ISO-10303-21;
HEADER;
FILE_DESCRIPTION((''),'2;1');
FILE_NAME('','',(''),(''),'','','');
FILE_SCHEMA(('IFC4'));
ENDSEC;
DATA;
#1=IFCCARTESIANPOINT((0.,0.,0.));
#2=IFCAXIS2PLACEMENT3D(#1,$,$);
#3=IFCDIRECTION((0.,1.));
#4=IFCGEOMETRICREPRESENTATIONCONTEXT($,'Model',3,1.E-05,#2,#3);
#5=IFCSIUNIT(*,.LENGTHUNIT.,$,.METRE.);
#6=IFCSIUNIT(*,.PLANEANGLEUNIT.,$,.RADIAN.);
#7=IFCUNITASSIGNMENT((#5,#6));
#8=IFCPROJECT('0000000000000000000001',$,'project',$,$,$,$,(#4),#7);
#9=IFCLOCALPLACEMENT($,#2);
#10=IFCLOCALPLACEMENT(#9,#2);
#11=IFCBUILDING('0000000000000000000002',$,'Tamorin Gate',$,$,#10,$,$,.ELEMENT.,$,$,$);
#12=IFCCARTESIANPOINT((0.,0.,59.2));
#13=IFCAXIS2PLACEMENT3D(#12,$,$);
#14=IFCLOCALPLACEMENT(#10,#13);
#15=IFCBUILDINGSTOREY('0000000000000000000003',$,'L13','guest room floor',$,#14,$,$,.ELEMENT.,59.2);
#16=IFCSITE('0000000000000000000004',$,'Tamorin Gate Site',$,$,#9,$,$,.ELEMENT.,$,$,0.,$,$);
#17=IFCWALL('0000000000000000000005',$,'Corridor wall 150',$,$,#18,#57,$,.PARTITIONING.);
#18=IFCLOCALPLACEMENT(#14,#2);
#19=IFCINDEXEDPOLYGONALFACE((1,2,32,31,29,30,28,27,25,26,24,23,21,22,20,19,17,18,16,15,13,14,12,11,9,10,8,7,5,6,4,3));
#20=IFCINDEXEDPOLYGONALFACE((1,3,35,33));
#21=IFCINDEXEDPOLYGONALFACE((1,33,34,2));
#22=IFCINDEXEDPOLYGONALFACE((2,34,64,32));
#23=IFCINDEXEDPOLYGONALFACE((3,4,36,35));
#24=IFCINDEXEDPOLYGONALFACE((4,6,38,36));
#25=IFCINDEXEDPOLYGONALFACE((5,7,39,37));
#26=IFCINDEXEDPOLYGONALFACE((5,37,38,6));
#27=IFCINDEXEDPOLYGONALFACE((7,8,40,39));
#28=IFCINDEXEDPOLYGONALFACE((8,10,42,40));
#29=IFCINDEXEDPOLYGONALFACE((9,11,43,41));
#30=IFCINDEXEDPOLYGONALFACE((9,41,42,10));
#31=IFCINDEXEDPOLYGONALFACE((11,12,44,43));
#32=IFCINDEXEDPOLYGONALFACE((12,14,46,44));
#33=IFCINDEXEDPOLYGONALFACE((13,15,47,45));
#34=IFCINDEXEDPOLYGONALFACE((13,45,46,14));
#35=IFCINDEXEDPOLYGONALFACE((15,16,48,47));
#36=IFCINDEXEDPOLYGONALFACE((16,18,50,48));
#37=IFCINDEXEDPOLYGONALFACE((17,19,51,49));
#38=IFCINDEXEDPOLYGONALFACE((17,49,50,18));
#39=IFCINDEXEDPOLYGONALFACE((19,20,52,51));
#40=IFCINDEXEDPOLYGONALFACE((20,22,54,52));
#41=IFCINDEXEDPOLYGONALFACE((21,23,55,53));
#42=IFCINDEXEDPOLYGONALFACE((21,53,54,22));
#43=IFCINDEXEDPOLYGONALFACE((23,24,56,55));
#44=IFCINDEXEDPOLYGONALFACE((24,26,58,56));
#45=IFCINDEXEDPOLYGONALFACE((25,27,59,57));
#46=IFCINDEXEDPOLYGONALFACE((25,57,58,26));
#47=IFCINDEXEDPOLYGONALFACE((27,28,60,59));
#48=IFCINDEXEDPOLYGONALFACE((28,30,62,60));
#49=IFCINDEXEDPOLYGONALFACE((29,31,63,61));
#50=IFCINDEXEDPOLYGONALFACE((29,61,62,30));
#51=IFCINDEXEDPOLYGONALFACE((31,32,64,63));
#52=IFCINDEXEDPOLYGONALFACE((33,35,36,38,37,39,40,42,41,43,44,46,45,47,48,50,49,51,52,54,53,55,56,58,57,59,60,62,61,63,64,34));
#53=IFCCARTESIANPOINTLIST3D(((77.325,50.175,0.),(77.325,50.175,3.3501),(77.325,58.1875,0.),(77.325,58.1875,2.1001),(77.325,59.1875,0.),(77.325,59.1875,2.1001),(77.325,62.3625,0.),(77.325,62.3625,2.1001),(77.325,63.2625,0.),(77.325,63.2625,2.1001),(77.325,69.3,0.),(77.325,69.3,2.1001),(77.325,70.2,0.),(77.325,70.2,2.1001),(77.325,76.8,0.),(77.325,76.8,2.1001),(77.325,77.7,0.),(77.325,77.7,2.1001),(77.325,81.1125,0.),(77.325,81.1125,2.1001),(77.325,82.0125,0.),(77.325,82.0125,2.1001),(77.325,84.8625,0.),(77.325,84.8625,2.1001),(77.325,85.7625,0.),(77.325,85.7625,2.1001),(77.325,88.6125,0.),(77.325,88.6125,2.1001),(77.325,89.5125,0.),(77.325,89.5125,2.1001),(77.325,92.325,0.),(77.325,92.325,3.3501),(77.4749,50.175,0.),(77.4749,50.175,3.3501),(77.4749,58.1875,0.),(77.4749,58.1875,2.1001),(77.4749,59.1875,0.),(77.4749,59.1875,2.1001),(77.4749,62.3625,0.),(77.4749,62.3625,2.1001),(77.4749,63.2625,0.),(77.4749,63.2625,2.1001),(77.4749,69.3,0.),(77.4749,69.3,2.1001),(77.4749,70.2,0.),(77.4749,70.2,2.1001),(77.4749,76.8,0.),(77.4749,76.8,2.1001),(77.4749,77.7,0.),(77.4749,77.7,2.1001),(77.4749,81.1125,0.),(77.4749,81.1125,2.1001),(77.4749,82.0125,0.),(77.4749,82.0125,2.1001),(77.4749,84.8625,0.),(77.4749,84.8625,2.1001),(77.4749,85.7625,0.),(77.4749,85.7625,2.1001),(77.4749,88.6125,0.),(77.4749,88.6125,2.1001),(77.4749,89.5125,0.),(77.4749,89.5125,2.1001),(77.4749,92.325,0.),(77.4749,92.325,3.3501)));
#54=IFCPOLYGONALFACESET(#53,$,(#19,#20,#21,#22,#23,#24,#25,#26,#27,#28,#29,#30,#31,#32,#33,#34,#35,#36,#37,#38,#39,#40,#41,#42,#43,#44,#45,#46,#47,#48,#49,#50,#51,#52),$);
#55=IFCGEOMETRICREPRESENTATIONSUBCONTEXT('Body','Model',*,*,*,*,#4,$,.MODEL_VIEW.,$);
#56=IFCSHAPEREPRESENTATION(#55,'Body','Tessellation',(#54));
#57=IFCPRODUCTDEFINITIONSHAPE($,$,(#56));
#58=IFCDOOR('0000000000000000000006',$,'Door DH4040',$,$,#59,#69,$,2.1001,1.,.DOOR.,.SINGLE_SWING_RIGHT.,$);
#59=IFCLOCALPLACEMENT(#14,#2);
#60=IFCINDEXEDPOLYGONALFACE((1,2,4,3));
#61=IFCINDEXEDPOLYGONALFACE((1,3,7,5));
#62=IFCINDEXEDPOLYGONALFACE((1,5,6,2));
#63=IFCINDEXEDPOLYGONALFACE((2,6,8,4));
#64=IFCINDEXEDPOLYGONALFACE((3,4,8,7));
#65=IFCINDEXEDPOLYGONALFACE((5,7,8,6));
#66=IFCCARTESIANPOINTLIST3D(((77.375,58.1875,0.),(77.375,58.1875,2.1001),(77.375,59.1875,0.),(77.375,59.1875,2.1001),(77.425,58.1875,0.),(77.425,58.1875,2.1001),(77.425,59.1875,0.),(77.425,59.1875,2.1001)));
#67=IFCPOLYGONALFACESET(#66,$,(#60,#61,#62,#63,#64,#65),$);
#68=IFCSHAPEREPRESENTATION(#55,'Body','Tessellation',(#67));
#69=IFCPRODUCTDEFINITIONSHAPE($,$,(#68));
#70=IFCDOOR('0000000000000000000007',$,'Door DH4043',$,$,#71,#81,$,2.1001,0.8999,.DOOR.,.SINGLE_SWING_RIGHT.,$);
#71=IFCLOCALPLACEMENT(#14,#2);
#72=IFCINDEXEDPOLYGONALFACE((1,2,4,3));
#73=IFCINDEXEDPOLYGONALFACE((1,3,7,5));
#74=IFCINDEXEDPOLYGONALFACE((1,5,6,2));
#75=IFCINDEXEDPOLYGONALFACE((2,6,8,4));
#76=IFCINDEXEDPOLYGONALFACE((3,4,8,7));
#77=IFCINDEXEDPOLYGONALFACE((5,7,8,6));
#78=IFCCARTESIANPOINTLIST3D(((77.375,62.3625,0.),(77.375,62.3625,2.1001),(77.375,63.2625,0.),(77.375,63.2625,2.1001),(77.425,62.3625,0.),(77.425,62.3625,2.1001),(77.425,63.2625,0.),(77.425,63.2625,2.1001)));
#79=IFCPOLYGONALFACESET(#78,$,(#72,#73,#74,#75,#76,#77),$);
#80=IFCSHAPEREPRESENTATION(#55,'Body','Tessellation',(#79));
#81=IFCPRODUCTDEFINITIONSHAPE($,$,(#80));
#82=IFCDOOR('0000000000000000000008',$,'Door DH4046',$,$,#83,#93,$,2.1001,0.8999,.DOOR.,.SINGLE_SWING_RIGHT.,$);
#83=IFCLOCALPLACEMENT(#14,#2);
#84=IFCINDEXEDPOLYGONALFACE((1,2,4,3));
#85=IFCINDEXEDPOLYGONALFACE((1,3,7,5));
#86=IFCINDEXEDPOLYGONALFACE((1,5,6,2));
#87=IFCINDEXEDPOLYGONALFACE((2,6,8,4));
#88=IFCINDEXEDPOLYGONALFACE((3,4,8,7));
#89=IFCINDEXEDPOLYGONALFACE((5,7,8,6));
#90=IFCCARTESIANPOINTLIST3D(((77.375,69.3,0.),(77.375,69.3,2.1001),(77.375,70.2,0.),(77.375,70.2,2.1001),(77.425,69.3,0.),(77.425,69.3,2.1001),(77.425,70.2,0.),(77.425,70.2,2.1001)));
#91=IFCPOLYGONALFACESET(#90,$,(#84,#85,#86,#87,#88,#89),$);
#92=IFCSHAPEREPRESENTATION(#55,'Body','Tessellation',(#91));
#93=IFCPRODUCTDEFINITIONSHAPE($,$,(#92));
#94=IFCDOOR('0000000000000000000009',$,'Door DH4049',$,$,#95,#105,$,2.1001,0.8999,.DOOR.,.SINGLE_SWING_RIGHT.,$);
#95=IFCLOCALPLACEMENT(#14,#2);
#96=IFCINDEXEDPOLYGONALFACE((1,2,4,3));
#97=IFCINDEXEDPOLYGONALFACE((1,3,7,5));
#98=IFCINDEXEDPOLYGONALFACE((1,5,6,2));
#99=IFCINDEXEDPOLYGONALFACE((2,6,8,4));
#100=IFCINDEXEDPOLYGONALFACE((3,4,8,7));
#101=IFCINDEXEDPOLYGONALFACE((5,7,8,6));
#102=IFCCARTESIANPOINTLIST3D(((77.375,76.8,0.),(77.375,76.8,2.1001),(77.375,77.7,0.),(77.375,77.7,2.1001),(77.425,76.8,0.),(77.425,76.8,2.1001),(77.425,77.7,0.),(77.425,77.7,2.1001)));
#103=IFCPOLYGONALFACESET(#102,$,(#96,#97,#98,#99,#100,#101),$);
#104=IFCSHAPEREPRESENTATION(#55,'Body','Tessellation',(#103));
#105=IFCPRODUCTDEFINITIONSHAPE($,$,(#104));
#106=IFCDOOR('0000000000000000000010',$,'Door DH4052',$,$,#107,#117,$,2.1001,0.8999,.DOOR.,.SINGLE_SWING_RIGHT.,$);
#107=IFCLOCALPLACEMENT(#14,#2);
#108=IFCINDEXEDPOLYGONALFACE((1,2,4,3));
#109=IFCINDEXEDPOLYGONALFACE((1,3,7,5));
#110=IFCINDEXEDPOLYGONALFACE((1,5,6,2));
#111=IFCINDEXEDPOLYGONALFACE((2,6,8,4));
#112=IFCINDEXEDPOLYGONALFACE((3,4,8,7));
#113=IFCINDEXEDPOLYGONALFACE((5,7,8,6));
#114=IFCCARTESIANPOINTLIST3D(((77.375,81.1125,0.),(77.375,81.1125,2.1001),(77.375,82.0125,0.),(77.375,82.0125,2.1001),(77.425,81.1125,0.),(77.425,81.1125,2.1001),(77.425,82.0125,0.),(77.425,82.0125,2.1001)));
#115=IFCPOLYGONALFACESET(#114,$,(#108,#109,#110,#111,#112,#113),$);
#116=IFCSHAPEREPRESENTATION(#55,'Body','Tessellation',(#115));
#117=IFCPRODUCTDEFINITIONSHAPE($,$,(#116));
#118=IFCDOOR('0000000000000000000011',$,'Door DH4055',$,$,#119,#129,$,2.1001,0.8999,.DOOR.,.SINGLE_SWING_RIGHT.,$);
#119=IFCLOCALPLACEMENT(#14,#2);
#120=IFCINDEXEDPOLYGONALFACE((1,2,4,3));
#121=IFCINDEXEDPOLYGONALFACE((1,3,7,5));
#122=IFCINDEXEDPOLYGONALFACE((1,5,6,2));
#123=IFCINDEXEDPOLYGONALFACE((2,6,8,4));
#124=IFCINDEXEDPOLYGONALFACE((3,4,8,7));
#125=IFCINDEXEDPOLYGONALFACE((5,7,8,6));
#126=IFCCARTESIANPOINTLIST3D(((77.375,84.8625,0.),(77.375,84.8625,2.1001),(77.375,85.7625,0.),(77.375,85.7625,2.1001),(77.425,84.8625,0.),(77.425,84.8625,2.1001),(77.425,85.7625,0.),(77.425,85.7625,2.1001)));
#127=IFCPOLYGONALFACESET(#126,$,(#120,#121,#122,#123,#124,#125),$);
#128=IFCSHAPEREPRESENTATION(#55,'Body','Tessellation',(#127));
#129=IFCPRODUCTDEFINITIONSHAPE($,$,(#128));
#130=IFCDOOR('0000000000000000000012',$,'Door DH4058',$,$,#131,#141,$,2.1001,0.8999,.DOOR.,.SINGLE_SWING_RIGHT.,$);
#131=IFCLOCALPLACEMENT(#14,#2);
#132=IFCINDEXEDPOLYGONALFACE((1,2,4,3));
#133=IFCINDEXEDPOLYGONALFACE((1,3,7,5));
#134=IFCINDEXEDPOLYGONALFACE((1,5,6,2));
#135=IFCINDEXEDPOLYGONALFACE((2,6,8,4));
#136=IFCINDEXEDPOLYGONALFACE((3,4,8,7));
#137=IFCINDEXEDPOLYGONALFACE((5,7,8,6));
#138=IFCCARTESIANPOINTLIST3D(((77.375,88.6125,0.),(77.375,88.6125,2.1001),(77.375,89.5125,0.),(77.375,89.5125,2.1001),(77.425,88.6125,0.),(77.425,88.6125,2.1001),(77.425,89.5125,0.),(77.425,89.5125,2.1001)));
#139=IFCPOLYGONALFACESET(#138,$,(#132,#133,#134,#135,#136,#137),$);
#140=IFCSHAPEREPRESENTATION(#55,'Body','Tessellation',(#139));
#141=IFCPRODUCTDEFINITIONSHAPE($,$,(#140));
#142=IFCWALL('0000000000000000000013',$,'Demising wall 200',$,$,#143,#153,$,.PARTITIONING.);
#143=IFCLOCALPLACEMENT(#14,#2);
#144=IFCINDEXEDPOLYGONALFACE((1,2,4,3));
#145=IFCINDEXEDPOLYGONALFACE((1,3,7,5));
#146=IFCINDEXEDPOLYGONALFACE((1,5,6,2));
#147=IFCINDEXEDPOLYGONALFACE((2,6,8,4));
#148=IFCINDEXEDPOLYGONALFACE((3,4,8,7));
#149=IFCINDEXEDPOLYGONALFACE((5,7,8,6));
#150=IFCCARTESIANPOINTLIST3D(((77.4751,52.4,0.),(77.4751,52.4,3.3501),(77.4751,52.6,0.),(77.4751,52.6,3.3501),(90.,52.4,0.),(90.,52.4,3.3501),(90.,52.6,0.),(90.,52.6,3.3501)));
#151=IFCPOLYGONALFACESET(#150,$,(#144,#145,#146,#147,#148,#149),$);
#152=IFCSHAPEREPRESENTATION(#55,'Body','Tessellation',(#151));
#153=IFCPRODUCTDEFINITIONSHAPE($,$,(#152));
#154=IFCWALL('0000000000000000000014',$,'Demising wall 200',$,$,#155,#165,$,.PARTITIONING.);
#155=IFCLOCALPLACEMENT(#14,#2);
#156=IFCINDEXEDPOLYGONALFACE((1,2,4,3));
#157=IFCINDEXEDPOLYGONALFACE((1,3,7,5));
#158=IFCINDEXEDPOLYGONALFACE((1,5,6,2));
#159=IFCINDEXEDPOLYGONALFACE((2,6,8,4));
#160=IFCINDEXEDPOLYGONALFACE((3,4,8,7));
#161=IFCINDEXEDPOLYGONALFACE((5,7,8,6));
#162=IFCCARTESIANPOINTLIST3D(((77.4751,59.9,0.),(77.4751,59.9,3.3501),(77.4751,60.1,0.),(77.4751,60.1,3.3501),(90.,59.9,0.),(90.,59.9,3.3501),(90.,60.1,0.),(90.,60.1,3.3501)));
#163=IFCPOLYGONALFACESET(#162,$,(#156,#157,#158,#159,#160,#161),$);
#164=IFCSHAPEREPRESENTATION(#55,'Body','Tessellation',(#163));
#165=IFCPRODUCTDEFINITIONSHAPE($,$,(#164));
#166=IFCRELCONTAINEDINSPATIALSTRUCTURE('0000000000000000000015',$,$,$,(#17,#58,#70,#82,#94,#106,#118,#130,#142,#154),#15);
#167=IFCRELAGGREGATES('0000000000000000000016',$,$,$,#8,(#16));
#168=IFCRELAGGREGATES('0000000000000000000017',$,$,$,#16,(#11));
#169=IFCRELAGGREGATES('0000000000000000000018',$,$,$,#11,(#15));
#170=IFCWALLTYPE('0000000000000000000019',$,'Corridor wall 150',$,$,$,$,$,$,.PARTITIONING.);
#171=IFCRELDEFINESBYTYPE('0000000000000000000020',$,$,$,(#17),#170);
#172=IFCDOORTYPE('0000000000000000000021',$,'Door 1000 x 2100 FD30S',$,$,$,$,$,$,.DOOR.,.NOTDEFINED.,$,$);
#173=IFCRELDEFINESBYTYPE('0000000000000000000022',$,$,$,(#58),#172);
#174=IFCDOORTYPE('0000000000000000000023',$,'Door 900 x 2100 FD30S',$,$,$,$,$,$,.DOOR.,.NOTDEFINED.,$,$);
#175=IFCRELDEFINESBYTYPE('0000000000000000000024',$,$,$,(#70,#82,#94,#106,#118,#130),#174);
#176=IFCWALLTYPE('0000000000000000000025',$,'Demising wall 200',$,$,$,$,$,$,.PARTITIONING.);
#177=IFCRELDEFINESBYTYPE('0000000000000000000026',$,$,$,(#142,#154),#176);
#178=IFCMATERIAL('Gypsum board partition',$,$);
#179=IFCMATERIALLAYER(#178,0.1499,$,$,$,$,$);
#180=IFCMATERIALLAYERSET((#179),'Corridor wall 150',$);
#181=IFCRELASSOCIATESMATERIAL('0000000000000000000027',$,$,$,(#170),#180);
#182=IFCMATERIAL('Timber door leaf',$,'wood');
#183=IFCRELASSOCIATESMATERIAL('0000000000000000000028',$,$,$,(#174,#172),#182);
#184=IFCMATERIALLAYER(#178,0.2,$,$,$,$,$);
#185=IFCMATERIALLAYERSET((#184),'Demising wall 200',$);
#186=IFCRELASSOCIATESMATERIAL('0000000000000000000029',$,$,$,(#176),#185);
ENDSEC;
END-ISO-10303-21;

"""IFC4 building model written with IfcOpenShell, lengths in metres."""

from ifc_helpers import new_model, si_unit, direction, frame, frame_2d, origin, place, context, subcontext, project, spatial, rectangle, extrude, material, layer, layer_set, type_object, element, fill, save


model = new_model("IFC4")

# Units and contexts
model_context = context("Model", 3, precision=1e-05, world=origin(), true_north=direction((0.0, 1.0)))
body_context = subcontext(model_context, "Body", "Model", "MODEL_VIEW")
ifc_project = project(units=[si_unit("LENGTHUNIT", "METRE"), si_unit("PLANEANGLEUNIT", "RADIAN")], contexts=[model_context])

# Site, building, storey
site_placement = place(None, origin())
site = spatial("IfcSite", under=ifc_project, at=site_placement, Name="Tamorin Gate Site", CompositionType="ELEMENT", RefElevation=0.0)
building_placement = place(site_placement, origin())
building = spatial("IfcBuilding", under=site, at=building_placement, Name="Tamorin Gate", CompositionType="ELEMENT")
storey_placement = place(building_placement, frame((0.0, 0.0, 59.2)))
storey = spatial("IfcBuildingStorey", under=building, at=storey_placement, Name="L13", Description="guest room floor", CompositionType="ELEMENT", Elevation=59.2)

# Shared definitions
ifc_material_1 = material(Name="Gypsum board partition")
ifc_layer_1 = layer(ifc_material_1, 0.1499)
ifc_layer_set_1 = layer_set([ifc_layer_1], Name="Corridor wall 150")
wall_type_1 = type_object("IfcWallType", Name="Corridor wall 150", PredefinedType="PARTITIONING", material=ifc_layer_set_1)
ifc_material_2 = material(Name="Timber door leaf", Category="wood")
door_type_1 = type_object("IfcDoorType", Name="Door 900 x 2100 FD30S", OperationType="NOTDEFINED", PredefinedType="DOOR", material=ifc_material_2)

# Wall, openings, doors
wall_1_placement = place(storey_placement, frame((77.3999, 50.175, 0.0), z_axis=(0.0, 0.0, 1.0), x_axis=(0.0, 1.0, 0.0)))
wall_1 = element("IfcWall", 1, at=wall_1_placement, inside=storey, type_object=wall_type_1, Name="Corridor wall 150", PredefinedType="PARTITIONING", context=body_context, shape_type="SweptSolid", body=[
    extrude(rectangle(XDim=42.1499, YDim=0.1499, at=frame_2d((21.075, 0.0))), origin(), (0.0, 0.0, 1.0), 3.3501),
])
opening_1_placement = place(wall_1_placement, frame((8.0125, 0.0, 0.0)))
opening_1 = element("IfcOpeningElement", 2, at=opening_1_placement, cuts=wall_1, PredefinedType="OPENING", context=body_context, shape_type="SweptSolid", body=[
    extrude(rectangle(XDim=1.0, YDim=2.1001, at=frame_2d((0.5, 1.05))), frame((0.0, 0.085, 0.0), z_axis=(0.0, -1.0, 0.0), x_axis=(1.0, 0.0, 0.0)), (0.0, 0.0, 1.0), 0.1699),
])
opening_2_placement = place(wall_1_placement, frame((12.1875, 0.0, 0.0)))
opening_2 = element("IfcOpeningElement", 3, at=opening_2_placement, cuts=wall_1, PredefinedType="OPENING", context=body_context, shape_type="SweptSolid", body=[
    extrude(rectangle(XDim=0.8999, YDim=2.1001, at=frame_2d((0.45, 1.05))), frame((0.0, 0.085, 0.0), z_axis=(0.0, -1.0, 0.0), x_axis=(1.0, 0.0, 0.0)), (0.0, 0.0, 1.0), 0.1699),
])
opening_3_placement = place(wall_1_placement, frame((19.125, 0.0, 0.0)))
opening_3 = element("IfcOpeningElement", 4, at=opening_3_placement, cuts=wall_1, PredefinedType="OPENING", context=body_context, shape_type="SweptSolid", body=[
    extrude(rectangle(XDim=0.8999, YDim=2.1001, at=frame_2d((0.45, 1.05))), frame((0.0, 0.085, 0.0), z_axis=(0.0, -1.0, 0.0), x_axis=(1.0, 0.0, 0.0)), (0.0, 0.0, 1.0), 0.1699),
])
opening_4_placement = place(wall_1_placement, frame((26.625, 0.0, 0.0)))
opening_4 = element("IfcOpeningElement", 5, at=opening_4_placement, cuts=wall_1, PredefinedType="OPENING", context=body_context, shape_type="SweptSolid", body=[
    extrude(rectangle(XDim=0.8999, YDim=2.1001, at=frame_2d((0.45, 1.05))), frame((0.0, 0.085, 0.0), z_axis=(0.0, -1.0, 0.0), x_axis=(1.0, 0.0, 0.0)), (0.0, 0.0, 1.0), 0.1699),
])
opening_5_placement = place(wall_1_placement, frame((30.9375, 0.0, 0.0)))
opening_5 = element("IfcOpeningElement", 6, at=opening_5_placement, cuts=wall_1, PredefinedType="OPENING", context=body_context, shape_type="SweptSolid", body=[
    extrude(rectangle(XDim=0.8999, YDim=2.1001, at=frame_2d((0.45, 1.05))), frame((0.0, 0.085, 0.0), z_axis=(0.0, -1.0, 0.0), x_axis=(1.0, 0.0, 0.0)), (0.0, 0.0, 1.0), 0.1699),
])
opening_6_placement = place(wall_1_placement, frame((34.6875, 0.0, 0.0)))
opening_6 = element("IfcOpeningElement", 7, at=opening_6_placement, cuts=wall_1, PredefinedType="OPENING", context=body_context, shape_type="SweptSolid", body=[
    extrude(rectangle(XDim=0.8999, YDim=2.1001, at=frame_2d((0.45, 1.05))), frame((0.0, 0.085, 0.0), z_axis=(0.0, -1.0, 0.0), x_axis=(1.0, 0.0, 0.0)), (0.0, 0.0, 1.0), 0.1699),
])
opening_7_placement = place(wall_1_placement, frame((38.4375, 0.0, 0.0)))
opening_7 = element("IfcOpeningElement", 8, at=opening_7_placement, cuts=wall_1, PredefinedType="OPENING", context=body_context, shape_type="SweptSolid", body=[
    extrude(rectangle(XDim=0.8999, YDim=2.1001, at=frame_2d((0.45, 1.05))), frame((0.0, 0.085, 0.0), z_axis=(0.0, -1.0, 0.0), x_axis=(1.0, 0.0, 0.0)), (0.0, 0.0, 1.0), 0.1699),
])
door_type_2 = type_object("IfcDoorType", Name="Door 1000 x 2100 FD30S", OperationType="NOTDEFINED", PredefinedType="DOOR", material=ifc_material_2)
door_1_placement = place(opening_1_placement, origin())
door_1 = element("IfcDoor", 9, at=door_1_placement, inside=storey, type_object=door_type_2, Name="Door DH4040", OperationType="SINGLE_SWING_RIGHT", OverallHeight=2.1001, OverallWidth=1.0, PredefinedType="DOOR", context=body_context, shape_type="SweptSolid", body=[
    extrude(rectangle(XDim=1.0, YDim=2.1001, at=frame_2d((0.5, 1.05))), frame((0.0, 0.0249, 0.0), z_axis=(0.0, -1.0, 0.0), x_axis=(1.0, 0.0, 0.0)), (0.0, 0.0, 1.0), 0.05),
])
fill(opening_1, door_1)
door_2_placement = place(opening_2_placement, origin())
door_2 = element("IfcDoor", 10, at=door_2_placement, inside=storey, type_object=door_type_1, Name="Door DH4043", OperationType="SINGLE_SWING_RIGHT", OverallHeight=2.1001, OverallWidth=0.8999, PredefinedType="DOOR", context=body_context, shape_type="SweptSolid", body=[
    extrude(rectangle(XDim=0.8999, YDim=2.1001, at=frame_2d((0.45, 1.05))), frame((0.0, 0.0249, 0.0), z_axis=(0.0, -1.0, 0.0), x_axis=(1.0, 0.0, 0.0)), (0.0, 0.0, 1.0), 0.05),
])
fill(opening_2, door_2)
door_3_placement = place(opening_3_placement, origin())
door_3 = element("IfcDoor", 11, at=door_3_placement, inside=storey, type_object=door_type_1, Name="Door DH4046", OperationType="SINGLE_SWING_RIGHT", OverallHeight=2.1001, OverallWidth=0.8999, PredefinedType="DOOR", context=body_context, shape_type="SweptSolid", body=[
    extrude(rectangle(XDim=0.8999, YDim=2.1001, at=frame_2d((0.45, 1.05))), frame((0.0, 0.0249, 0.0), z_axis=(0.0, -1.0, 0.0), x_axis=(1.0, 0.0, 0.0)), (0.0, 0.0, 1.0), 0.05),
])
fill(opening_3, door_3)
door_4_placement = place(opening_4_placement, origin())
door_4 = element("IfcDoor", 12, at=door_4_placement, inside=storey, type_object=door_type_1, Name="Door DH4049", OperationType="SINGLE_SWING_RIGHT", OverallHeight=2.1001, OverallWidth=0.8999, PredefinedType="DOOR", context=body_context, shape_type="SweptSolid", body=[
    extrude(rectangle(XDim=0.8999, YDim=2.1001, at=frame_2d((0.45, 1.05))), frame((0.0, 0.0249, 0.0), z_axis=(0.0, -1.0, 0.0), x_axis=(1.0, 0.0, 0.0)), (0.0, 0.0, 1.0), 0.05),
])
fill(opening_4, door_4)
door_5_placement = place(opening_5_placement, origin())
door_5 = element("IfcDoor", 13, at=door_5_placement, inside=storey, type_object=door_type_1, Name="Door DH4052", OperationType="SINGLE_SWING_RIGHT", OverallHeight=2.1001, OverallWidth=0.8999, PredefinedType="DOOR", context=body_context, shape_type="SweptSolid", body=[
    extrude(rectangle(XDim=0.8999, YDim=2.1001, at=frame_2d((0.45, 1.05))), frame((0.0, 0.0249, 0.0), z_axis=(0.0, -1.0, 0.0), x_axis=(1.0, 0.0, 0.0)), (0.0, 0.0, 1.0), 0.05),
])
fill(opening_5, door_5)
door_6_placement = place(opening_6_placement, origin())
door_6 = element("IfcDoor", 14, at=door_6_placement, inside=storey, type_object=door_type_1, Name="Door DH4055", OperationType="SINGLE_SWING_RIGHT", OverallHeight=2.1001, OverallWidth=0.8999, PredefinedType="DOOR", context=body_context, shape_type="SweptSolid", body=[
    extrude(rectangle(XDim=0.8999, YDim=2.1001, at=frame_2d((0.45, 1.05))), frame((0.0, 0.0249, 0.0), z_axis=(0.0, -1.0, 0.0), x_axis=(1.0, 0.0, 0.0)), (0.0, 0.0, 1.0), 0.05),
])
fill(opening_6, door_6)
door_7_placement = place(opening_7_placement, origin())
door_7 = element("IfcDoor", 15, at=door_7_placement, inside=storey, type_object=door_type_1, Name="Door DH4058", OperationType="SINGLE_SWING_RIGHT", OverallHeight=2.1001, OverallWidth=0.8999, PredefinedType="DOOR", context=body_context, shape_type="SweptSolid", body=[
    extrude(rectangle(XDim=0.8999, YDim=2.1001, at=frame_2d((0.45, 1.05))), frame((0.0, 0.0249, 0.0), z_axis=(0.0, -1.0, 0.0), x_axis=(1.0, 0.0, 0.0)), (0.0, 0.0, 1.0), 0.05),
])
fill(opening_7, door_7)

# Walls
ifc_layer_2 = layer(ifc_material_1, 0.2)
ifc_layer_set_2 = layer_set([ifc_layer_2], Name="Demising wall 200")
wall_type_2 = type_object("IfcWallType", Name="Demising wall 200", PredefinedType="PARTITIONING", material=ifc_layer_set_2)
for number, where, z_axis, x_axis, name in (
    (16, (77.4751, 52.5, 0.0), (0.0, 0.0, 1.0), (1.0, 0.0, 0.0), "Demising wall 200"),
    (17, (77.4751, 60.0, 0.0), (0.0, 0.0, 1.0), (1.0, 0.0, 0.0), "Demising wall 200"),
):
    element("IfcWall", number, at=place(storey_placement, frame(where, z_axis=z_axis, x_axis=x_axis)), inside=storey, type_object=wall_type_2, Name=name, PredefinedType="PARTITIONING", context=body_context, shape_type="SweptSolid", body=[
        extrude(rectangle(XDim=12.5249, YDim=0.2, at=frame_2d((6.2625, 0.0))), origin(), (0.0, 0.0, 1.0), 3.3501),
    ])

save(model, "model.ifc")
